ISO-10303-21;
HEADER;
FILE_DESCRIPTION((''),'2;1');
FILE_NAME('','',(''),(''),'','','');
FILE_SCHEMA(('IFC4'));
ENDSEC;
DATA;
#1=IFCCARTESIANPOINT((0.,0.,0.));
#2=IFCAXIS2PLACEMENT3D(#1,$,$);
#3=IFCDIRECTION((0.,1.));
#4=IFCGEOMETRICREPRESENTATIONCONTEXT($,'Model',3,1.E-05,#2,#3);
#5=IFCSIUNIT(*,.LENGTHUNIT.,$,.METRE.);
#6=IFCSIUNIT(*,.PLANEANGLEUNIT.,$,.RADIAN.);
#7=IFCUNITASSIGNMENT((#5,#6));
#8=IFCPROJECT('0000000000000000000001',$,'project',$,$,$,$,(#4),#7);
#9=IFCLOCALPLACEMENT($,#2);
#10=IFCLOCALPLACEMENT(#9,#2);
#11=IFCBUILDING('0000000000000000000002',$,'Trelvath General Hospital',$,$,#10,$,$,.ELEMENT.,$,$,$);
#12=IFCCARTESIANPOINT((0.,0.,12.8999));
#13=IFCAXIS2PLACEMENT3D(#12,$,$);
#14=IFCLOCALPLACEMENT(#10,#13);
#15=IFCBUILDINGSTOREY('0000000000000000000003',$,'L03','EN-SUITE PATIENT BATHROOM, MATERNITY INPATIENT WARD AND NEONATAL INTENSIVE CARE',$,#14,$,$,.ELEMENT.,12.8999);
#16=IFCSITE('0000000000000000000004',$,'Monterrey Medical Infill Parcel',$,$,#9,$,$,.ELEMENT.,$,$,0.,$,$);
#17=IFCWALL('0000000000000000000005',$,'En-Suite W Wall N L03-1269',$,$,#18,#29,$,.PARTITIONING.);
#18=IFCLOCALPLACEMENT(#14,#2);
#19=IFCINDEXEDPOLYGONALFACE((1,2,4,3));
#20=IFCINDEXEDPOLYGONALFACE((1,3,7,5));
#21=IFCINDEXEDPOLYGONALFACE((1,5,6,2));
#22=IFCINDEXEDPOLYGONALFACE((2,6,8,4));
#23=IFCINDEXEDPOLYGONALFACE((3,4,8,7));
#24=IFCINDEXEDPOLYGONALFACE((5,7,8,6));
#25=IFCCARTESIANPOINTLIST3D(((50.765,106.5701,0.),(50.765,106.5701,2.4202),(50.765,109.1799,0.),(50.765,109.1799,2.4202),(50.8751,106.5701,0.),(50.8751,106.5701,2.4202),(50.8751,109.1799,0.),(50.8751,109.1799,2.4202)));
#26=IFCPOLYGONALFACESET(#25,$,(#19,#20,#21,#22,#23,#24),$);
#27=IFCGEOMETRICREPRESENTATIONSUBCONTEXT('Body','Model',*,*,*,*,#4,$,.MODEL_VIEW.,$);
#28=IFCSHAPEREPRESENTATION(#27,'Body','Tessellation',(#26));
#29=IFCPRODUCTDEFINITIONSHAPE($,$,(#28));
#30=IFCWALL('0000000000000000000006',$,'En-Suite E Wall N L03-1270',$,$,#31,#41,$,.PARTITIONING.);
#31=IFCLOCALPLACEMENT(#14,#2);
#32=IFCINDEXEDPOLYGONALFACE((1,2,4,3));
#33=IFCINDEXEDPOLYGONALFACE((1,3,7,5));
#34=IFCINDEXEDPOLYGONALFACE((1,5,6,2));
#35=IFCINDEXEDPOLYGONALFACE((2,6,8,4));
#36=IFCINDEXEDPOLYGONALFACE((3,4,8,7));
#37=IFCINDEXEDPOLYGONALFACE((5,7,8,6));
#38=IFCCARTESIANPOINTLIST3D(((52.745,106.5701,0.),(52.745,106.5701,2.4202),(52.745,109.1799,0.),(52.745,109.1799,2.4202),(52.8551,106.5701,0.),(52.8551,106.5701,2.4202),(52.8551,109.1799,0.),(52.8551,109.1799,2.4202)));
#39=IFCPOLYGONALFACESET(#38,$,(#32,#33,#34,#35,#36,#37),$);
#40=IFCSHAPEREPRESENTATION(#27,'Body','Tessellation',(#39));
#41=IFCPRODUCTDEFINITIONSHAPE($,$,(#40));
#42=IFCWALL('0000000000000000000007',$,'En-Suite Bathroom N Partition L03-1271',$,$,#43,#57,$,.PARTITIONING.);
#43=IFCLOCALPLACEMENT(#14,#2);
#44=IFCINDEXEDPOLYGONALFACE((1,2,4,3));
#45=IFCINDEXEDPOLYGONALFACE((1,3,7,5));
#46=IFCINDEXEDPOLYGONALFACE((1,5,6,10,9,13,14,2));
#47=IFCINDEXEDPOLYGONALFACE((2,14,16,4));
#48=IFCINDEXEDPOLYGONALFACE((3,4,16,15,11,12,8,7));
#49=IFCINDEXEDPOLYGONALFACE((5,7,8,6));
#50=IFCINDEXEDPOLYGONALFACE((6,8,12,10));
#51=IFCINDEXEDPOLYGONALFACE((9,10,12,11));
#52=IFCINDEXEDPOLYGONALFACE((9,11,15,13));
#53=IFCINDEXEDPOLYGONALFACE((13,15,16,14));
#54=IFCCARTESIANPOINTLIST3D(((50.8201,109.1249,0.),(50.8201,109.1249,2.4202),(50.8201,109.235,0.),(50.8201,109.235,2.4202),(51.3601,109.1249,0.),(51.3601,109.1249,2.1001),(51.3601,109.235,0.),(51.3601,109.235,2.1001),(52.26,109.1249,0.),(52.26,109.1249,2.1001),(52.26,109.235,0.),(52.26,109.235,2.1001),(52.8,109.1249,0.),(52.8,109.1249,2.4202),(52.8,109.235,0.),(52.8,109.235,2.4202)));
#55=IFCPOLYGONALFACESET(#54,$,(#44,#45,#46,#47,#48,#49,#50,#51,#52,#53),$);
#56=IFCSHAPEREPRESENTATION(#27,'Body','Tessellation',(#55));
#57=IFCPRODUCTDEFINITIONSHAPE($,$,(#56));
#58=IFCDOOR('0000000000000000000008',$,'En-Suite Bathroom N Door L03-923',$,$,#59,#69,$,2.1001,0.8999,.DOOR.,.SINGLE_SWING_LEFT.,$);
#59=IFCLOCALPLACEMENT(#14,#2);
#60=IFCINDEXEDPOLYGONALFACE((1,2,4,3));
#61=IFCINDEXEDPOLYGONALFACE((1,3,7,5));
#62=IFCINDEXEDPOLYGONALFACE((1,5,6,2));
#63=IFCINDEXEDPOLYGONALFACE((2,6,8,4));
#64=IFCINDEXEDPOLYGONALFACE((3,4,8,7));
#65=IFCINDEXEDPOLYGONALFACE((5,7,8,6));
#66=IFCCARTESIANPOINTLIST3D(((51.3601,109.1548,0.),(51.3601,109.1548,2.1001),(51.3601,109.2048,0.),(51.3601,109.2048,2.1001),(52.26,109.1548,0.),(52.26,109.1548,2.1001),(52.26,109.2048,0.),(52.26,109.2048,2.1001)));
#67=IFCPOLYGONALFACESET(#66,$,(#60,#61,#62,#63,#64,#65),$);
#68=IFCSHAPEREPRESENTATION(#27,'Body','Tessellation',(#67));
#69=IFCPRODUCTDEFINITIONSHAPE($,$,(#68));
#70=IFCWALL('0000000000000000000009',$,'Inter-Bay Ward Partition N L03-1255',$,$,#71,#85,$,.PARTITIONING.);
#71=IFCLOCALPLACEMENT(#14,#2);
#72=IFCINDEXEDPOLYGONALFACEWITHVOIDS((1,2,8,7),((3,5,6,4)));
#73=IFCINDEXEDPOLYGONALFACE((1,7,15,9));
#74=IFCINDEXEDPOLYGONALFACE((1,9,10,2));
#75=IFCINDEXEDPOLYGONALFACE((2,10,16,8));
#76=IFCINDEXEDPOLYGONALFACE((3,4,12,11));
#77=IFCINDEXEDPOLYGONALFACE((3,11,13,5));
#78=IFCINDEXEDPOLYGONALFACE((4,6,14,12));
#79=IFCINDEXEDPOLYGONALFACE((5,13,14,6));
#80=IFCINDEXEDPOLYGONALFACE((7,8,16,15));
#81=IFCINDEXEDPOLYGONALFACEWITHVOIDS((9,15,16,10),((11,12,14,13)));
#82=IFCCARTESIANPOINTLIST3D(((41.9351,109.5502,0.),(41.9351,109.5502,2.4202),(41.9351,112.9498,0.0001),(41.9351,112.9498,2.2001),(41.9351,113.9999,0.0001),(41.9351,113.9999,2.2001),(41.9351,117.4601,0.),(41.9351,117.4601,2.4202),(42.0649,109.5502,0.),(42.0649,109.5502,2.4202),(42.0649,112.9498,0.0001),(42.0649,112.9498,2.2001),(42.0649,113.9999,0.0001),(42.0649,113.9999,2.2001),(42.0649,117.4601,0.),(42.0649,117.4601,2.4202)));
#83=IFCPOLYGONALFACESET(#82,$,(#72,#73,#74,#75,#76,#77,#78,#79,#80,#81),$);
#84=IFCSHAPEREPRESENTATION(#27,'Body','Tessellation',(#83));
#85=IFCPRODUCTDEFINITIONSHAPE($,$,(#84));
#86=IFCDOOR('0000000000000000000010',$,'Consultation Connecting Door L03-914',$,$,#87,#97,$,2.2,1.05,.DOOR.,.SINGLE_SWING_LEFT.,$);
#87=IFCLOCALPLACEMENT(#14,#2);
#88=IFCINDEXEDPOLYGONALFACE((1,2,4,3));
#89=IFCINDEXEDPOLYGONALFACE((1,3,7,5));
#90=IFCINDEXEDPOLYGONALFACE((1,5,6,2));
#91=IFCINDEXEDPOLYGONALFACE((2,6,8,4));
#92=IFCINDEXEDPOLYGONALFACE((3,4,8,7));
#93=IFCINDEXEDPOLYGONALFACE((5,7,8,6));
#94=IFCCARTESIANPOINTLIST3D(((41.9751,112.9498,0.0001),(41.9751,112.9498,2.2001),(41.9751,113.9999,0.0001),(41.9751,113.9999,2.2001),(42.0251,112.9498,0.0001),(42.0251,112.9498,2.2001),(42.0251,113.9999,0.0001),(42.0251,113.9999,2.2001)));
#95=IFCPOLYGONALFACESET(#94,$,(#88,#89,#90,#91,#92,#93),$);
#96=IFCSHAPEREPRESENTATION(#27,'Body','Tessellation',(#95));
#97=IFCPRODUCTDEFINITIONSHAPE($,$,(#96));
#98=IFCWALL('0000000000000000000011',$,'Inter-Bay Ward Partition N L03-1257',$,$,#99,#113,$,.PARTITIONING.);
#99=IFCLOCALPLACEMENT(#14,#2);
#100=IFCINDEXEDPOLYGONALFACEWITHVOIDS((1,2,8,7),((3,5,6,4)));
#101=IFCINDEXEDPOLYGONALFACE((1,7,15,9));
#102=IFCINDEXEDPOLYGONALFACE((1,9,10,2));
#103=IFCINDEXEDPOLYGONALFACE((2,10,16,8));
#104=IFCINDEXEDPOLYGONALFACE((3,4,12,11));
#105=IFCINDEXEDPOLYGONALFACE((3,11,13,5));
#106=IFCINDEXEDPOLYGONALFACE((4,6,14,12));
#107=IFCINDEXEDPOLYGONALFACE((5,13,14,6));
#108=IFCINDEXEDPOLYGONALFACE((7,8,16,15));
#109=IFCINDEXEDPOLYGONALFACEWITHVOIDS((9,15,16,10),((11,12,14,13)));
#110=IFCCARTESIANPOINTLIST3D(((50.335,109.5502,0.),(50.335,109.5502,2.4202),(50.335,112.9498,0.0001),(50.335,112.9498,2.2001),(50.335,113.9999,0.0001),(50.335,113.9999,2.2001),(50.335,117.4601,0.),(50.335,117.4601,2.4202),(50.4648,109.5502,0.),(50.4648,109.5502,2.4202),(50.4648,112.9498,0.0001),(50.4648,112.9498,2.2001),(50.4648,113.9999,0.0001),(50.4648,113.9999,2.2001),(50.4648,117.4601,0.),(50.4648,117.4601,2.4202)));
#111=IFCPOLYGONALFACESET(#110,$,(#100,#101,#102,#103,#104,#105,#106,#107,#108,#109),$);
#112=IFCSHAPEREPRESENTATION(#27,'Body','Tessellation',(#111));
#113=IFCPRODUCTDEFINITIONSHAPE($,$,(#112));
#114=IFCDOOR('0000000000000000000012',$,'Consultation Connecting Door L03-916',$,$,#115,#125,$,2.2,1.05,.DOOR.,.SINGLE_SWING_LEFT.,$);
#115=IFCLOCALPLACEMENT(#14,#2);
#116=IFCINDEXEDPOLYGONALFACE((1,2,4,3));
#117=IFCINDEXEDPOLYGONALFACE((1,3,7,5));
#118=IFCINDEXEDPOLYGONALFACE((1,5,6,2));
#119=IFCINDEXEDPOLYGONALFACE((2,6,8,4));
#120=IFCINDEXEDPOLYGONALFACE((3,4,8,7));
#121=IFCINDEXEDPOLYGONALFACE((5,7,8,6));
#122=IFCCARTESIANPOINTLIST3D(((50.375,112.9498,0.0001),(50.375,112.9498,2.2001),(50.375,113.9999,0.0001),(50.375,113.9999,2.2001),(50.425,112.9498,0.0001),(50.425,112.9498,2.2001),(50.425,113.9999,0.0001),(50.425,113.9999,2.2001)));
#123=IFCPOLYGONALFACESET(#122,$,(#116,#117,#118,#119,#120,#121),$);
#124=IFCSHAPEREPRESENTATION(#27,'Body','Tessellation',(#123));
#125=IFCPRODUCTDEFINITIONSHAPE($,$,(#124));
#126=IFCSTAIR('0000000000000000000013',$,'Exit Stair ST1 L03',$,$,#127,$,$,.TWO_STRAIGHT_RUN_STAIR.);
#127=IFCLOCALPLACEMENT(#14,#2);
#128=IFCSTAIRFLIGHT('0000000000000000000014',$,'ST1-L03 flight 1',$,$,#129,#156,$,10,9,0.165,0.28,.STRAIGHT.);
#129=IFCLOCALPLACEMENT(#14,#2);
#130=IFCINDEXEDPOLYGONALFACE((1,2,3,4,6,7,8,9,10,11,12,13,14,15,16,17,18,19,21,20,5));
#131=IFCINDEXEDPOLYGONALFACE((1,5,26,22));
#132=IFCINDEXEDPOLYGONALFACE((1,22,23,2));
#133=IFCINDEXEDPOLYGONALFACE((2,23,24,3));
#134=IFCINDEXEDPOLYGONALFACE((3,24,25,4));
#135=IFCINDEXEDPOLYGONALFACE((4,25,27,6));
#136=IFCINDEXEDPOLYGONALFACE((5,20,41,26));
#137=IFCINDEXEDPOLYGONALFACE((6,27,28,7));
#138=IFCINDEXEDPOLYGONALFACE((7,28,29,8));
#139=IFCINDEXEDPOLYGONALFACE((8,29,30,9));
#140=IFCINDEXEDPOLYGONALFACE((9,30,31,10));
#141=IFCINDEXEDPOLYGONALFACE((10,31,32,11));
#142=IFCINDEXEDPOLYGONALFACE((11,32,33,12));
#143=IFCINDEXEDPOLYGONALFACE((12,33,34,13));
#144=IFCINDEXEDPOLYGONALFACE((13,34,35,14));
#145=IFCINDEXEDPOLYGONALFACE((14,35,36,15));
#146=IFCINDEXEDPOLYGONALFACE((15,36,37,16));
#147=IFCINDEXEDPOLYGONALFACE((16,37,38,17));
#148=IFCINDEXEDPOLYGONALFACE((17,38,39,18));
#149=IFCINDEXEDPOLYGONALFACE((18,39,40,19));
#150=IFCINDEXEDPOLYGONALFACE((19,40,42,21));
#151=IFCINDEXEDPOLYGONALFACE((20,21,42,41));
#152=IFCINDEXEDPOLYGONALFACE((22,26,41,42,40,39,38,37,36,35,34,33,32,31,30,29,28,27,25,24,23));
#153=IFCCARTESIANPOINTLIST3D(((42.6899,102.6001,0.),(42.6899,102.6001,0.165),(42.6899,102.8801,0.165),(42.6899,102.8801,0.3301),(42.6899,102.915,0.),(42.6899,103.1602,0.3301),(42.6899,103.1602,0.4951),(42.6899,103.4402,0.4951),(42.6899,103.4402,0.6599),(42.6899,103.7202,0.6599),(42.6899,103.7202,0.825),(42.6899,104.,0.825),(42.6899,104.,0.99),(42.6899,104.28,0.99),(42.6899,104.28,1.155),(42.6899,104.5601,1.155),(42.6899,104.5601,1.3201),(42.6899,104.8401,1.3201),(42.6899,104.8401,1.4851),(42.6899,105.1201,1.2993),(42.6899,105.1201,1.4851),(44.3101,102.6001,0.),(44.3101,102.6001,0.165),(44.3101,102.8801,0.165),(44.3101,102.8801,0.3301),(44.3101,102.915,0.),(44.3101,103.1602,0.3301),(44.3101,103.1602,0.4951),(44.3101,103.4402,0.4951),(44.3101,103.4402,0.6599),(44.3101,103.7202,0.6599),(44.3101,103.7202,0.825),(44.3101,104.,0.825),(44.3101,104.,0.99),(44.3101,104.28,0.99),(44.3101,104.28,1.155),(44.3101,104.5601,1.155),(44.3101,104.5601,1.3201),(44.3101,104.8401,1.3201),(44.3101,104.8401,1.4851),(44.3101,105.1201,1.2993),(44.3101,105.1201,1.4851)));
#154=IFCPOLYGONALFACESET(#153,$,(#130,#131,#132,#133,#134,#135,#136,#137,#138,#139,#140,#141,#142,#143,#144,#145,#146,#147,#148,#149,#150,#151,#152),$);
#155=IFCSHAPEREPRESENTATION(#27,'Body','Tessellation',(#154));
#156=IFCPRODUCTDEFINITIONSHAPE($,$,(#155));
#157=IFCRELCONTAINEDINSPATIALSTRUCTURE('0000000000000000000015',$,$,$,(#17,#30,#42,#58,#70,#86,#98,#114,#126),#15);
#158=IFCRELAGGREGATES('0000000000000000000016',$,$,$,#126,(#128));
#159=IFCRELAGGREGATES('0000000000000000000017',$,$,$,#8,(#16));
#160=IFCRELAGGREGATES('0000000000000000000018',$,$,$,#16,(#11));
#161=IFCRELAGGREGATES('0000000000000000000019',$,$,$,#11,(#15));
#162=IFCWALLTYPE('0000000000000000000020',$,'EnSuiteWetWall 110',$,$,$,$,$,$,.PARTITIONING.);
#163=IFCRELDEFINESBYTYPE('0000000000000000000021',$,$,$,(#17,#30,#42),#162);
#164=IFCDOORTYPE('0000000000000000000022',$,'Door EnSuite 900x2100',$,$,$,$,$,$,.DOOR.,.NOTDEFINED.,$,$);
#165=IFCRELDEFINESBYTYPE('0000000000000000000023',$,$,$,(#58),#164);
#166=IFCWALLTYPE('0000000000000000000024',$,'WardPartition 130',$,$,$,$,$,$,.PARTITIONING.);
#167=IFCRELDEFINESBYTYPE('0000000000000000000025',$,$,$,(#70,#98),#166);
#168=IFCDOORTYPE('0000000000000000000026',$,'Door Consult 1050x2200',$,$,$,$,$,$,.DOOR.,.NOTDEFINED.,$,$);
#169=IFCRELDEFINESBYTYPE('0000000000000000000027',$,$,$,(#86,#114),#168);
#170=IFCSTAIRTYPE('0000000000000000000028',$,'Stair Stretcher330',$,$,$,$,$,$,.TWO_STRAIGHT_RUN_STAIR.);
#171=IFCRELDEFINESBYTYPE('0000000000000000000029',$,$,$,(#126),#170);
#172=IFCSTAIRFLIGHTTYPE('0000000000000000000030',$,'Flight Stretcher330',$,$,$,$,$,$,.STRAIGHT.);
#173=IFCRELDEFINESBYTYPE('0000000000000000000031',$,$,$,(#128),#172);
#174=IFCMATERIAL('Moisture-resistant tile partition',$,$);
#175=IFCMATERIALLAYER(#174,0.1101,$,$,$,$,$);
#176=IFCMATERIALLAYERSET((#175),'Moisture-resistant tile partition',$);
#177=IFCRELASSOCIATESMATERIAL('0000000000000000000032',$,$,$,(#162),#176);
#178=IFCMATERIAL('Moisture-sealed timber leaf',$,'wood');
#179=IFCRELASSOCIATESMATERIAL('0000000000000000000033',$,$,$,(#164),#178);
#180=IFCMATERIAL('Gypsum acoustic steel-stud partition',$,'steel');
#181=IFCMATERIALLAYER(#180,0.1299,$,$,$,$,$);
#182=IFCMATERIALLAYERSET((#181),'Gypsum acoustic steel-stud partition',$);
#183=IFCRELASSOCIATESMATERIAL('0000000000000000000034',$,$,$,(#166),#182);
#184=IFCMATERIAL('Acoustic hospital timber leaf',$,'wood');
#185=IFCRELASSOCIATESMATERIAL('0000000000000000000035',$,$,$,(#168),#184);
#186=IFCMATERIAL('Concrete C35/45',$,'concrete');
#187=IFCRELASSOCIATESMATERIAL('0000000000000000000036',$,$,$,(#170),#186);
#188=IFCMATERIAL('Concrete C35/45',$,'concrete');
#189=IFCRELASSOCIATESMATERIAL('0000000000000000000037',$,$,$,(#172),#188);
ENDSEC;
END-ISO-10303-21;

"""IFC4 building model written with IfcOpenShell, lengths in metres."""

from ifc_helpers import new_model, si_unit, direction, frame, frame_2d, origin, place, context, subcontext, project, spatial, polyline, rectangle, outline, extrude, material, layer, layer_set, type_object, element, fill, aggregate, save


model = new_model("IFC4")

# Units and contexts
model_context = context("Model", 3, precision=1e-05, world=origin(), true_north=direction((0.0, 1.0)))
body_context = subcontext(model_context, "Body", "Model", "MODEL_VIEW")
ifc_project = project(units=[si_unit("LENGTHUNIT", "METRE"), si_unit("PLANEANGLEUNIT", "RADIAN")], contexts=[model_context])

# Site, building, storey
site_placement = place(None, origin())
site = spatial("IfcSite", under=ifc_project, at=site_placement, Name="Monterrey Medical Infill Parcel", CompositionType="ELEMENT", RefElevation=0.0)
building_placement = place(site_placement, origin())
building = spatial("IfcBuilding", under=site, at=building_placement, Name="Trelvath General Hospital", CompositionType="ELEMENT")
storey_placement = place(building_placement, frame((0.0, 0.0, 12.8999)))
storey = spatial("IfcBuildingStorey", under=building, at=storey_placement, Name="L03", Description="EN-SUITE PATIENT BATHROOM, MATERNITY INPATIENT WARD AND NEONATAL INTENSIVE CARE", CompositionType="ELEMENT", Elevation=12.8999)

# Walls
ifc_material_1 = material(Name="Moisture-resistant tile partition")
ifc_layer_1 = layer(ifc_material_1, 0.1101)
ifc_layer_set_1 = layer_set([ifc_layer_1], Name="Moisture-resistant tile partition")
wall_type_1 = type_object("IfcWallType", Name="EnSuiteWetWall 110", PredefinedType="PARTITIONING", material=ifc_layer_set_1)
for number, where, z_axis, x_axis, name in (
    (1, (50.8201, 106.5701, 0.0), (0.0, 0.0, 1.0), (0.0, 1.0, 0.0), "En-Suite W Wall N L03-1269"),
    (2, (52.8, 106.5701, 0.0), (0.0, 0.0, 1.0), (0.0, 1.0, 0.0), "En-Suite E Wall N L03-1270"),
):
    element("IfcWall", number, at=place(storey_placement, frame(where, z_axis=z_axis, x_axis=x_axis)), inside=storey, type_object=wall_type_1, Name=name, PredefinedType="PARTITIONING", context=body_context, shape_type="SweptSolid", body=[
        extrude(rectangle(XDim=2.6099, YDim=0.1101, at=frame_2d((1.3049, 0.0))), origin(), (0.0, 0.0, 1.0), 2.4202),
    ])

# Walls, openings, doors
wall_1_placement = place(storey_placement, frame((50.8201, 109.1799, 0.0), z_axis=(0.0, 0.0, 1.0), x_axis=(1.0, 0.0, 0.0)))
wall_1 = element("IfcWall", 3, at=wall_1_placement, inside=storey, type_object=wall_type_1, Name="En-Suite Bathroom N Partition L03-1271", PredefinedType="PARTITIONING", context=body_context, shape_type="SweptSolid", body=[
    extrude(rectangle(XDim=1.98, YDim=0.1101, at=frame_2d((0.99, 0.0))), origin(), (0.0, 0.0, 1.0), 2.4202),
])
opening_1_placement = place(wall_1_placement, frame((0.54, 0.0, 0.0)))
opening_1 = element("IfcOpeningElement", 4, at=opening_1_placement, cuts=wall_1, PredefinedType="OPENING", context=body_context, shape_type="SweptSolid", body=[
    extrude(rectangle(XDim=0.8999, YDim=2.1001, at=frame_2d((0.45, 1.05))), frame((0.0, 0.0649, 0.0), z_axis=(0.0, -1.0, 0.0), x_axis=(1.0, 0.0, 0.0)), (0.0, 0.0, 1.0), 0.1301),
])
ifc_material_2 = material(Name="Moisture-sealed timber leaf", Category="wood")
door_type_1 = type_object("IfcDoorType", Name="Door EnSuite 900x2100", OperationType="NOTDEFINED", PredefinedType="DOOR", material=ifc_material_2)
door_1_placement = place(opening_1_placement, origin())
door_1 = element("IfcDoor", 5, at=door_1_placement, inside=storey, type_object=door_type_1, Name="En-Suite Bathroom N Door L03-923", OperationType="SINGLE_SWING_LEFT", OverallHeight=2.1001, OverallWidth=0.8999, PredefinedType="DOOR", context=body_context, shape_type="SweptSolid", body=[
    extrude(rectangle(XDim=0.8999, YDim=2.1001, at=frame_2d((0.45, 1.05))), frame((0.0, 0.0249, 0.0), z_axis=(0.0, -1.0, 0.0), x_axis=(1.0, 0.0, 0.0)), (0.0, 0.0, 1.0), 0.05),
])
fill(opening_1, door_1)
ifc_material_3 = material(Name="Gypsum acoustic steel-stud partition", Category="steel")
ifc_layer_2 = layer(ifc_material_3, 0.1299)
ifc_layer_set_2 = layer_set([ifc_layer_2], Name="Gypsum acoustic steel-stud partition")
wall_type_2 = type_object("IfcWallType", Name="WardPartition 130", PredefinedType="PARTITIONING", material=ifc_layer_set_2)
wall_2_placement = place(storey_placement, frame((42.0, 109.55, 0.0), z_axis=(0.0, 0.0, 1.0), x_axis=(0.0, 1.0, 0.0)))
wall_2 = element("IfcWall", 6, at=wall_2_placement, inside=storey, type_object=wall_type_2, Name="Inter-Bay Ward Partition N L03-1255", PredefinedType="PARTITIONING", context=body_context, shape_type="SweptSolid", body=[
    extrude(rectangle(XDim=7.9099, YDim=0.1299, at=frame_2d((3.9551, 0.0))), origin(), (0.0, 0.0, 1.0), 2.4202),
])
opening_2_placement = place(wall_2_placement, frame((3.3999, 0.0, 0.0)))
opening_2 = element("IfcOpeningElement", 7, at=opening_2_placement, cuts=wall_2, PredefinedType="OPENING", context=body_context, shape_type="SweptSolid", body=[
    extrude(rectangle(XDim=1.05, YDim=2.2, at=frame_2d((0.5249, 1.1001))), frame((0.0, 0.075, 0.0), z_axis=(0.0, -1.0, 0.0), x_axis=(1.0, 0.0, 0.0)), (0.0, 0.0, 1.0), 0.1499),
])
ifc_material_4 = material(Name="Acoustic hospital timber leaf", Category="wood")
door_type_2 = type_object("IfcDoorType", Name="Door Consult 1050x2200", OperationType="NOTDEFINED", PredefinedType="DOOR", material=ifc_material_4)
door_2_placement = place(opening_2_placement, origin())
door_2 = element("IfcDoor", 8, at=door_2_placement, inside=storey, type_object=door_type_2, Name="Consultation Connecting Door L03-914", OperationType="SINGLE_SWING_LEFT", OverallHeight=2.2, OverallWidth=1.05, PredefinedType="DOOR", context=body_context, shape_type="SweptSolid", body=[
    extrude(rectangle(XDim=1.05, YDim=2.2, at=frame_2d((0.5249, 1.1001))), frame((0.0, 0.0249, 0.0), z_axis=(0.0, -1.0, 0.0), x_axis=(1.0, 0.0, 0.0)), (0.0, 0.0, 1.0), 0.05),
])
fill(opening_2, door_2)
wall_3_placement = place(storey_placement, frame((50.3999, 109.55, 0.0), z_axis=(0.0, 0.0, 1.0), x_axis=(0.0, 1.0, 0.0)))
wall_3 = element("IfcWall", 9, at=wall_3_placement, inside=storey, type_object=wall_type_2, Name="Inter-Bay Ward Partition N L03-1257", PredefinedType="PARTITIONING", context=body_context, shape_type="SweptSolid", body=[
    extrude(rectangle(XDim=7.9099, YDim=0.1299, at=frame_2d((3.9551, 0.0))), origin(), (0.0, 0.0, 1.0), 2.4202),
])
opening_3_placement = place(wall_3_placement, frame((3.3999, 0.0, 0.0)))
opening_3 = element("IfcOpeningElement", 10, at=opening_3_placement, cuts=wall_3, PredefinedType="OPENING", context=body_context, shape_type="SweptSolid", body=[
    extrude(rectangle(XDim=1.05, YDim=2.2, at=frame_2d((0.5249, 1.1001))), frame((0.0, 0.075, 0.0), z_axis=(0.0, -1.0, 0.0), x_axis=(1.0, 0.0, 0.0)), (0.0, 0.0, 1.0), 0.1499),
])
door_3_placement = place(opening_3_placement, origin())
door_3 = element("IfcDoor", 11, at=door_3_placement, inside=storey, type_object=door_type_2, Name="Consultation Connecting Door L03-916", OperationType="SINGLE_SWING_LEFT", OverallHeight=2.2, OverallWidth=1.05, PredefinedType="DOOR", context=body_context, shape_type="SweptSolid", body=[
    extrude(rectangle(XDim=1.05, YDim=2.2, at=frame_2d((0.5249, 1.1001))), frame((0.0, 0.0249, 0.0), z_axis=(0.0, -1.0, 0.0), x_axis=(1.0, 0.0, 0.0)), (0.0, 0.0, 1.0), 0.05),
])
fill(opening_3, door_3)

# Stair, stair flight
ifc_material_5 = material(Name="Concrete C35/45", Category="concrete")
stair_type = type_object("IfcStairType", Name="Stair Stretcher330", PredefinedType="TWO_STRAIGHT_RUN_STAIR", material=ifc_material_5)
stair_placement = place(storey_placement, origin())
stair = element("IfcStair", 12, at=stair_placement, inside=storey, type_object=stair_type, Name="Exit Stair ST1 L03", PredefinedType="TWO_STRAIGHT_RUN_STAIR")
ifc_material_6 = material(Name="Concrete C35/45", Category="concrete")
stair_flight_type = type_object("IfcStairFlightType", Name="Flight Stretcher330", PredefinedType="STRAIGHT", material=ifc_material_6)
stair_flight_1_placement = place(storey_placement, frame((43.5, 102.6001, 0.0), z_axis=(0.0, 0.0, 1.0), x_axis=(0.0, 1.0, 0.0)))
stair_flight_1 = element("IfcStairFlight", 13, at=stair_flight_1_placement, type_object=stair_flight_type, Name="ST1-L03 flight 1", NumberOfRisers=10, NumberOfTreads=9, PredefinedType="STRAIGHT", RiserHeight=0.165, TreadLength=0.28, context=body_context, shape_type="SweptSolid", body=[
    extrude(outline(polyline([(0.0, 0.0), (0.0, 0.165), (0.28, 0.165), (0.28, 0.3301), (0.5601, 0.3301), (0.5601, 0.4951), (0.8401, 0.4951), (0.8401, 0.6599), (1.1201, 0.6599), (1.1201, 0.825), (1.3999, 0.825), (1.3999, 0.99), (1.6799, 0.99), (1.6799, 1.155), (1.96, 1.155), (1.96, 1.3201), (2.24, 1.3201), (2.24, 1.4851), (2.52, 1.4851), (2.52, 1.6499), (2.52, 1.2993), (0.3149, 0.0), (0.0, 0.0)])), frame((0.0, 0.8101, 0.0), z_axis=(0.0, -1.0, 0.0), x_axis=(1.0, 0.0, 0.0)), (0.0, 0.0, 1.0), 1.6201),
])
aggregate(stair, [stair_flight_1])

save(model, "model.ifc")
